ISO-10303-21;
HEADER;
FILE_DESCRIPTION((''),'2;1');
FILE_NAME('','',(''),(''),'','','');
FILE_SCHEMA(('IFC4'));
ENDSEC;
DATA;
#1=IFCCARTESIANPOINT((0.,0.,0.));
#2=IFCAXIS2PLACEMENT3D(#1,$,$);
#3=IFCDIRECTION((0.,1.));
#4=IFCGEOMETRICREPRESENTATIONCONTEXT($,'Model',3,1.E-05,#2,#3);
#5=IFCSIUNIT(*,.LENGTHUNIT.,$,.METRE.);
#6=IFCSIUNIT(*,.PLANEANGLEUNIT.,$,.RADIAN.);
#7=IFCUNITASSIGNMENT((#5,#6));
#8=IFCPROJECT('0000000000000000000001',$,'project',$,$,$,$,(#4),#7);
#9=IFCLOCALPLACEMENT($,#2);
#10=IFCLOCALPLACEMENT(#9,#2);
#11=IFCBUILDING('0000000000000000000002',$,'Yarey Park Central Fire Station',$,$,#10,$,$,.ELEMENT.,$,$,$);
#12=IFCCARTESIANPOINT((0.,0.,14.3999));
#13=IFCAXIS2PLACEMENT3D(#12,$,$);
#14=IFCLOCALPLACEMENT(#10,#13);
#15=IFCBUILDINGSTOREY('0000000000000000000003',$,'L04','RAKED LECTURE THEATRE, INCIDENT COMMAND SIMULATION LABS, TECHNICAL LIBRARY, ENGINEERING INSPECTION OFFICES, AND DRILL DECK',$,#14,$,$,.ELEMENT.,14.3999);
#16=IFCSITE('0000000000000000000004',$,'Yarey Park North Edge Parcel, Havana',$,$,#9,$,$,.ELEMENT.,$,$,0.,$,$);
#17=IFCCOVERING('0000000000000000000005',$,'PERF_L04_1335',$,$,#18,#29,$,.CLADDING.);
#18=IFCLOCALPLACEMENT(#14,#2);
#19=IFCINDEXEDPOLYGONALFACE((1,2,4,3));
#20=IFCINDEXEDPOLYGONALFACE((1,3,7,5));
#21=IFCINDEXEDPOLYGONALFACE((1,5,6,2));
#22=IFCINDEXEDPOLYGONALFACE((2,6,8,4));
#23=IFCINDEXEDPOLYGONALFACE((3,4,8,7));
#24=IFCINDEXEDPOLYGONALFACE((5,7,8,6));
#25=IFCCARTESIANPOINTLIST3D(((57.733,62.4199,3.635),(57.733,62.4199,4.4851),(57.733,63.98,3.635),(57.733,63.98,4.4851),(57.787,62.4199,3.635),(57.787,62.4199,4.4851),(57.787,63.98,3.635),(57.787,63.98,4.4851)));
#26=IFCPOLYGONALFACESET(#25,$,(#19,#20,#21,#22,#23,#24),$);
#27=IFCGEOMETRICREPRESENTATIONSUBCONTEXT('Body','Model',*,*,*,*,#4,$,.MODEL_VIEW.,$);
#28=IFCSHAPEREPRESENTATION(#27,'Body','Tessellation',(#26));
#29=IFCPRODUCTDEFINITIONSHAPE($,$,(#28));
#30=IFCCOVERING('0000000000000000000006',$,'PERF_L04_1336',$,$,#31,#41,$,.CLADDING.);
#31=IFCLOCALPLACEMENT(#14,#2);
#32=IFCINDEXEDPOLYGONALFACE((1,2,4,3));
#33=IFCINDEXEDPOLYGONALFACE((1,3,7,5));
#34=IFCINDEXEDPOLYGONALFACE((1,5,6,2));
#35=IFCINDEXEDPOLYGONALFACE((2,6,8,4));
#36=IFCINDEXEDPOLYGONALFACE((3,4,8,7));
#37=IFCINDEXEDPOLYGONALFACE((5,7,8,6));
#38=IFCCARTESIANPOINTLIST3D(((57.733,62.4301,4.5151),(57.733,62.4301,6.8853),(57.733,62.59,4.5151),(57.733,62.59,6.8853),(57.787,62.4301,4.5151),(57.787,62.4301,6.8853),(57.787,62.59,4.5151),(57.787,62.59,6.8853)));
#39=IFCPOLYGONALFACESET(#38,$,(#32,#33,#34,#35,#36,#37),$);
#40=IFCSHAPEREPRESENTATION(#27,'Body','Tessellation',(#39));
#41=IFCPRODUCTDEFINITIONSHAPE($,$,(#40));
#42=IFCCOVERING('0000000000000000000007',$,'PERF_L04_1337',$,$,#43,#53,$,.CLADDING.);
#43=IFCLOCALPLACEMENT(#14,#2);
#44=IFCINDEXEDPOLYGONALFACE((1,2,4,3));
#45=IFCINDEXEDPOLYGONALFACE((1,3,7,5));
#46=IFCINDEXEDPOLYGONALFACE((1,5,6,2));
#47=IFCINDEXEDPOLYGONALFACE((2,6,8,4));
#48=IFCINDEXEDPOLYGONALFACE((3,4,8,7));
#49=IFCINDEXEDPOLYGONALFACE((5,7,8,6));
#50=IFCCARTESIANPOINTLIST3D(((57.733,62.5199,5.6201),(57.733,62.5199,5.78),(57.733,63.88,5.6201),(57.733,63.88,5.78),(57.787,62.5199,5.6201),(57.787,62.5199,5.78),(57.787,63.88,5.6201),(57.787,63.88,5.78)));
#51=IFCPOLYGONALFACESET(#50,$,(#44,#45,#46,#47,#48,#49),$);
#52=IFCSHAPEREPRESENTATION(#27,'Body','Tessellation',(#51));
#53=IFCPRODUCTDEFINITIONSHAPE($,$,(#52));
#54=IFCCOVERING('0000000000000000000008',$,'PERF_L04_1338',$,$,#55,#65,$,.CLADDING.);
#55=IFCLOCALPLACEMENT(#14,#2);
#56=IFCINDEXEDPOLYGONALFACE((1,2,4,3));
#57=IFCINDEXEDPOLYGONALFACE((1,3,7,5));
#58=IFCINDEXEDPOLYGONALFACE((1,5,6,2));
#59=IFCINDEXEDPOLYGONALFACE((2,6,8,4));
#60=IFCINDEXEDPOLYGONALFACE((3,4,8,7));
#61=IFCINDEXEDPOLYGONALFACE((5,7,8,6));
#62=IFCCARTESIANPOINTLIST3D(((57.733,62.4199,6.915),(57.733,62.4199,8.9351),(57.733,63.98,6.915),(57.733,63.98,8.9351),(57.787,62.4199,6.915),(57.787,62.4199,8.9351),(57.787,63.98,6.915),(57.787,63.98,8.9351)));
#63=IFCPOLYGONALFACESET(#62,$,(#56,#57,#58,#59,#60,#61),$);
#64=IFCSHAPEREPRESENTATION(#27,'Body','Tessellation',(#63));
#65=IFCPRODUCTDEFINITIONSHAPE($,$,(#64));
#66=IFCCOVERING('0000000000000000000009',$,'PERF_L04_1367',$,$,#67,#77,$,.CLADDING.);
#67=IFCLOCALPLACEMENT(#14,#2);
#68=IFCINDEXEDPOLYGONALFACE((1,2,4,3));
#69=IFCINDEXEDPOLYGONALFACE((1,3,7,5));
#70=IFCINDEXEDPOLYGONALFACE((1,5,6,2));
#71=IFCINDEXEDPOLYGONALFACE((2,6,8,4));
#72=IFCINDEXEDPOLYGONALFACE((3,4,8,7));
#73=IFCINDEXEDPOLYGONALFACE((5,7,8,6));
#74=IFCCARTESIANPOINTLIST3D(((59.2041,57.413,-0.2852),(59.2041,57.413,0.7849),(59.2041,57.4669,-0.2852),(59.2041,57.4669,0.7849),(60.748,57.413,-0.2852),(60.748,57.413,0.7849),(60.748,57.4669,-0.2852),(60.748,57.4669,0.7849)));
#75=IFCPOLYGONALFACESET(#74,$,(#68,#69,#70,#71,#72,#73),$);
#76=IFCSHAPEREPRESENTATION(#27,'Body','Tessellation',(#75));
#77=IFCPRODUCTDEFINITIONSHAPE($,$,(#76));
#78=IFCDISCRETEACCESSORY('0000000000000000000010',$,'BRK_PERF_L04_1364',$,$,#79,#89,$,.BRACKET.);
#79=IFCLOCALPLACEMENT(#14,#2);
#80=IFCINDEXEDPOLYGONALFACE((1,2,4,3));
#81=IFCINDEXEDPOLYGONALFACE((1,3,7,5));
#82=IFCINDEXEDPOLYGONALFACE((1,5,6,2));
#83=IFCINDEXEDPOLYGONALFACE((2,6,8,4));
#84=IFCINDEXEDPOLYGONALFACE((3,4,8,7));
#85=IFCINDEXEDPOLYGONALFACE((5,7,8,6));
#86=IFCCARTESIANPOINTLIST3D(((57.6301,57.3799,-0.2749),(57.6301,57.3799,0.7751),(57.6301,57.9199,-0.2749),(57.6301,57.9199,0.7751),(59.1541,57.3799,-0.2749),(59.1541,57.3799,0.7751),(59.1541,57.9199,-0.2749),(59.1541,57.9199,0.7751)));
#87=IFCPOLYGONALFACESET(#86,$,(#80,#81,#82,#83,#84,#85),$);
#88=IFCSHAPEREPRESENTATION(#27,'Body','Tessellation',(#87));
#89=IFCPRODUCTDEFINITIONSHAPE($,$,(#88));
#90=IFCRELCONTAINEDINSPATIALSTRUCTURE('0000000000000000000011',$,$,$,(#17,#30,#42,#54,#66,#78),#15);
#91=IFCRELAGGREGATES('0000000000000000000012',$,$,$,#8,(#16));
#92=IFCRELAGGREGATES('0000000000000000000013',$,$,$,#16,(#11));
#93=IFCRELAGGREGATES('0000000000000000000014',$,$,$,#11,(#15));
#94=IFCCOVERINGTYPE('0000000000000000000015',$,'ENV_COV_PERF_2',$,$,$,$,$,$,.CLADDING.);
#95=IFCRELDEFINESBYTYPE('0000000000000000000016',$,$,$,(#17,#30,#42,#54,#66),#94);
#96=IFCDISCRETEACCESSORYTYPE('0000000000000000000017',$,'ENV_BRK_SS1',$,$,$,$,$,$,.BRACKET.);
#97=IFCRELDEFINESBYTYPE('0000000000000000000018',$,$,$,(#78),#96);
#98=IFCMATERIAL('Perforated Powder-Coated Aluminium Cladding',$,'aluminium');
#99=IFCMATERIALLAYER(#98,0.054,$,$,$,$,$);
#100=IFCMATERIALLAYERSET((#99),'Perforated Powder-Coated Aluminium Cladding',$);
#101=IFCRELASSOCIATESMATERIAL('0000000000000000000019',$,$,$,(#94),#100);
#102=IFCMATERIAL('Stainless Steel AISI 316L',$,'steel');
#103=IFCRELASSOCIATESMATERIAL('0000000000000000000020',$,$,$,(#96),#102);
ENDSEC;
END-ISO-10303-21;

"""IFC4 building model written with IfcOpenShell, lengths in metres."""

from ifc_helpers import new_model, si_unit, direction, frame, origin, origin_2d, place, context, subcontext, project, spatial, rectangle, extrude, material, layer, layer_set, type_object, element, save


model = new_model("IFC4")

# Units and contexts
model_context = context("Model", 3, precision=1e-05, world=origin(), true_north=direction((0.0, 1.0)))
body_context = subcontext(model_context, "Body", "Model", "MODEL_VIEW")
ifc_project = project(units=[si_unit("LENGTHUNIT", "METRE"), si_unit("PLANEANGLEUNIT", "RADIAN")], contexts=[model_context])

# Site, building, storey
site_placement = place(None, origin())
site = spatial("IfcSite", under=ifc_project, at=site_placement, Name="Yarey Park North Edge Parcel, Havana", CompositionType="ELEMENT", RefElevation=0.0)
building_placement = place(site_placement, origin())
building = spatial("IfcBuilding", under=site, at=building_placement, Name="Yarey Park Central Fire Station", CompositionType="ELEMENT")
storey_placement = place(building_placement, frame((0.0, 0.0, 14.3999)))
storey = spatial("IfcBuildingStorey", under=building, at=storey_placement, Name="L04", Description="RAKED LECTURE THEATRE, INCIDENT COMMAND SIMULATION LABS, TECHNICAL LIBRARY, ENGINEERING INSPECTION OFFICES, AND DRILL DECK", CompositionType="ELEMENT", Elevation=14.3999)

# Coverings
ifc_material_1 = material(Name="Perforated Powder-Coated Aluminium Cladding", Category="aluminium")
ifc_layer_1 = layer(ifc_material_1, 0.054)
ifc_layer_set_1 = layer_set([ifc_layer_1], Name="Perforated Powder-Coated Aluminium Cladding")
covering_type_1 = type_object("IfcCoveringType", Name="ENV_COV_PERF_2", PredefinedType="CLADDING", material=ifc_layer_set_1)
covering_1_placement = place(storey_placement, frame((57.76, 63.2, 3.635), z_axis=(0.0, 0.0, 1.0), x_axis=(0.0, 1.0, 0.0)))
element("IfcCovering", 1, at=covering_1_placement, inside=storey, type_object=covering_type_1, Name="PERF_L04_1335", PredefinedType="CLADDING", context=body_context, shape_type="SweptSolid", body=[
    extrude(rectangle(XDim=1.5601, YDim=0.054, at=origin_2d()), origin(), (0.0, 0.0, 1.0), 0.8501),
])
covering_2_placement = place(storey_placement, frame((57.76, 62.51, 4.5151), z_axis=(0.0, 0.0, 1.0), x_axis=(0.0, 1.0, 0.0)))
element("IfcCovering", 2, at=covering_2_placement, inside=storey, type_object=covering_type_1, Name="PERF_L04_1336", PredefinedType="CLADDING", context=body_context, shape_type="SweptSolid", body=[
    extrude(rectangle(XDim=0.1599, YDim=0.054, at=origin_2d()), origin(), (0.0, 0.0, 1.0), 2.3701),
])
covering_3_placement = place(storey_placement, frame((57.76, 63.2, 5.6201), z_axis=(0.0, 0.0, 1.0), x_axis=(0.0, 1.0, 0.0)))
element("IfcCovering", 3, at=covering_3_placement, inside=storey, type_object=covering_type_1, Name="PERF_L04_1337", PredefinedType="CLADDING", context=body_context, shape_type="SweptSolid", body=[
    extrude(rectangle(XDim=1.3601, YDim=0.054, at=origin_2d()), origin(), (0.0, 0.0, 1.0), 0.1599),
])
covering_4_placement = place(storey_placement, frame((57.76, 63.2, 6.915), z_axis=(0.0, 0.0, 1.0), x_axis=(0.0, 1.0, 0.0)))
element("IfcCovering", 4, at=covering_4_placement, inside=storey, type_object=covering_type_1, Name="PERF_L04_1338", PredefinedType="CLADDING", context=body_context, shape_type="SweptSolid", body=[
    extrude(rectangle(XDim=1.5601, YDim=0.054, at=origin_2d()), origin(), (0.0, 0.0, 1.0), 2.02),
])
covering_5_placement = place(storey_placement, frame((59.9761, 57.4399, -0.2852), z_axis=(0.0, 0.0, 1.0), x_axis=(1.0, 0.0, 0.0)))
element("IfcCovering", 5, at=covering_5_placement, inside=storey, type_object=covering_type_1, Name="PERF_L04_1367", PredefinedType="CLADDING", context=body_context, shape_type="SweptSolid", body=[
    extrude(rectangle(XDim=1.5439, YDim=0.054, at=origin_2d()), origin(), (0.0, 0.0, 1.0), 1.0701),
])

# Discrete accessory
ifc_material_2 = material(Name="Stainless Steel AISI 316L", Category="steel")
discrete_accessory_type = type_object("IfcDiscreteAccessoryType", Name="ENV_BRK_SS1", PredefinedType="BRACKET", material=ifc_material_2)
discrete_accessory_placement = place(storey_placement, frame((58.3921, 57.6499, -0.2749), z_axis=(0.0, 0.0, 1.0), x_axis=(1.0, 0.0, 0.0)))
element("IfcDiscreteAccessory", 6, at=discrete_accessory_placement, inside=storey, type_object=discrete_accessory_type, Name="BRK_PERF_L04_1364", PredefinedType="BRACKET", context=body_context, shape_type="SweptSolid", body=[
    extrude(rectangle(XDim=1.5239, YDim=0.54, at=origin_2d()), origin(), (0.0, 0.0, 1.0), 1.05),
])

save(model, "model.ifc")
